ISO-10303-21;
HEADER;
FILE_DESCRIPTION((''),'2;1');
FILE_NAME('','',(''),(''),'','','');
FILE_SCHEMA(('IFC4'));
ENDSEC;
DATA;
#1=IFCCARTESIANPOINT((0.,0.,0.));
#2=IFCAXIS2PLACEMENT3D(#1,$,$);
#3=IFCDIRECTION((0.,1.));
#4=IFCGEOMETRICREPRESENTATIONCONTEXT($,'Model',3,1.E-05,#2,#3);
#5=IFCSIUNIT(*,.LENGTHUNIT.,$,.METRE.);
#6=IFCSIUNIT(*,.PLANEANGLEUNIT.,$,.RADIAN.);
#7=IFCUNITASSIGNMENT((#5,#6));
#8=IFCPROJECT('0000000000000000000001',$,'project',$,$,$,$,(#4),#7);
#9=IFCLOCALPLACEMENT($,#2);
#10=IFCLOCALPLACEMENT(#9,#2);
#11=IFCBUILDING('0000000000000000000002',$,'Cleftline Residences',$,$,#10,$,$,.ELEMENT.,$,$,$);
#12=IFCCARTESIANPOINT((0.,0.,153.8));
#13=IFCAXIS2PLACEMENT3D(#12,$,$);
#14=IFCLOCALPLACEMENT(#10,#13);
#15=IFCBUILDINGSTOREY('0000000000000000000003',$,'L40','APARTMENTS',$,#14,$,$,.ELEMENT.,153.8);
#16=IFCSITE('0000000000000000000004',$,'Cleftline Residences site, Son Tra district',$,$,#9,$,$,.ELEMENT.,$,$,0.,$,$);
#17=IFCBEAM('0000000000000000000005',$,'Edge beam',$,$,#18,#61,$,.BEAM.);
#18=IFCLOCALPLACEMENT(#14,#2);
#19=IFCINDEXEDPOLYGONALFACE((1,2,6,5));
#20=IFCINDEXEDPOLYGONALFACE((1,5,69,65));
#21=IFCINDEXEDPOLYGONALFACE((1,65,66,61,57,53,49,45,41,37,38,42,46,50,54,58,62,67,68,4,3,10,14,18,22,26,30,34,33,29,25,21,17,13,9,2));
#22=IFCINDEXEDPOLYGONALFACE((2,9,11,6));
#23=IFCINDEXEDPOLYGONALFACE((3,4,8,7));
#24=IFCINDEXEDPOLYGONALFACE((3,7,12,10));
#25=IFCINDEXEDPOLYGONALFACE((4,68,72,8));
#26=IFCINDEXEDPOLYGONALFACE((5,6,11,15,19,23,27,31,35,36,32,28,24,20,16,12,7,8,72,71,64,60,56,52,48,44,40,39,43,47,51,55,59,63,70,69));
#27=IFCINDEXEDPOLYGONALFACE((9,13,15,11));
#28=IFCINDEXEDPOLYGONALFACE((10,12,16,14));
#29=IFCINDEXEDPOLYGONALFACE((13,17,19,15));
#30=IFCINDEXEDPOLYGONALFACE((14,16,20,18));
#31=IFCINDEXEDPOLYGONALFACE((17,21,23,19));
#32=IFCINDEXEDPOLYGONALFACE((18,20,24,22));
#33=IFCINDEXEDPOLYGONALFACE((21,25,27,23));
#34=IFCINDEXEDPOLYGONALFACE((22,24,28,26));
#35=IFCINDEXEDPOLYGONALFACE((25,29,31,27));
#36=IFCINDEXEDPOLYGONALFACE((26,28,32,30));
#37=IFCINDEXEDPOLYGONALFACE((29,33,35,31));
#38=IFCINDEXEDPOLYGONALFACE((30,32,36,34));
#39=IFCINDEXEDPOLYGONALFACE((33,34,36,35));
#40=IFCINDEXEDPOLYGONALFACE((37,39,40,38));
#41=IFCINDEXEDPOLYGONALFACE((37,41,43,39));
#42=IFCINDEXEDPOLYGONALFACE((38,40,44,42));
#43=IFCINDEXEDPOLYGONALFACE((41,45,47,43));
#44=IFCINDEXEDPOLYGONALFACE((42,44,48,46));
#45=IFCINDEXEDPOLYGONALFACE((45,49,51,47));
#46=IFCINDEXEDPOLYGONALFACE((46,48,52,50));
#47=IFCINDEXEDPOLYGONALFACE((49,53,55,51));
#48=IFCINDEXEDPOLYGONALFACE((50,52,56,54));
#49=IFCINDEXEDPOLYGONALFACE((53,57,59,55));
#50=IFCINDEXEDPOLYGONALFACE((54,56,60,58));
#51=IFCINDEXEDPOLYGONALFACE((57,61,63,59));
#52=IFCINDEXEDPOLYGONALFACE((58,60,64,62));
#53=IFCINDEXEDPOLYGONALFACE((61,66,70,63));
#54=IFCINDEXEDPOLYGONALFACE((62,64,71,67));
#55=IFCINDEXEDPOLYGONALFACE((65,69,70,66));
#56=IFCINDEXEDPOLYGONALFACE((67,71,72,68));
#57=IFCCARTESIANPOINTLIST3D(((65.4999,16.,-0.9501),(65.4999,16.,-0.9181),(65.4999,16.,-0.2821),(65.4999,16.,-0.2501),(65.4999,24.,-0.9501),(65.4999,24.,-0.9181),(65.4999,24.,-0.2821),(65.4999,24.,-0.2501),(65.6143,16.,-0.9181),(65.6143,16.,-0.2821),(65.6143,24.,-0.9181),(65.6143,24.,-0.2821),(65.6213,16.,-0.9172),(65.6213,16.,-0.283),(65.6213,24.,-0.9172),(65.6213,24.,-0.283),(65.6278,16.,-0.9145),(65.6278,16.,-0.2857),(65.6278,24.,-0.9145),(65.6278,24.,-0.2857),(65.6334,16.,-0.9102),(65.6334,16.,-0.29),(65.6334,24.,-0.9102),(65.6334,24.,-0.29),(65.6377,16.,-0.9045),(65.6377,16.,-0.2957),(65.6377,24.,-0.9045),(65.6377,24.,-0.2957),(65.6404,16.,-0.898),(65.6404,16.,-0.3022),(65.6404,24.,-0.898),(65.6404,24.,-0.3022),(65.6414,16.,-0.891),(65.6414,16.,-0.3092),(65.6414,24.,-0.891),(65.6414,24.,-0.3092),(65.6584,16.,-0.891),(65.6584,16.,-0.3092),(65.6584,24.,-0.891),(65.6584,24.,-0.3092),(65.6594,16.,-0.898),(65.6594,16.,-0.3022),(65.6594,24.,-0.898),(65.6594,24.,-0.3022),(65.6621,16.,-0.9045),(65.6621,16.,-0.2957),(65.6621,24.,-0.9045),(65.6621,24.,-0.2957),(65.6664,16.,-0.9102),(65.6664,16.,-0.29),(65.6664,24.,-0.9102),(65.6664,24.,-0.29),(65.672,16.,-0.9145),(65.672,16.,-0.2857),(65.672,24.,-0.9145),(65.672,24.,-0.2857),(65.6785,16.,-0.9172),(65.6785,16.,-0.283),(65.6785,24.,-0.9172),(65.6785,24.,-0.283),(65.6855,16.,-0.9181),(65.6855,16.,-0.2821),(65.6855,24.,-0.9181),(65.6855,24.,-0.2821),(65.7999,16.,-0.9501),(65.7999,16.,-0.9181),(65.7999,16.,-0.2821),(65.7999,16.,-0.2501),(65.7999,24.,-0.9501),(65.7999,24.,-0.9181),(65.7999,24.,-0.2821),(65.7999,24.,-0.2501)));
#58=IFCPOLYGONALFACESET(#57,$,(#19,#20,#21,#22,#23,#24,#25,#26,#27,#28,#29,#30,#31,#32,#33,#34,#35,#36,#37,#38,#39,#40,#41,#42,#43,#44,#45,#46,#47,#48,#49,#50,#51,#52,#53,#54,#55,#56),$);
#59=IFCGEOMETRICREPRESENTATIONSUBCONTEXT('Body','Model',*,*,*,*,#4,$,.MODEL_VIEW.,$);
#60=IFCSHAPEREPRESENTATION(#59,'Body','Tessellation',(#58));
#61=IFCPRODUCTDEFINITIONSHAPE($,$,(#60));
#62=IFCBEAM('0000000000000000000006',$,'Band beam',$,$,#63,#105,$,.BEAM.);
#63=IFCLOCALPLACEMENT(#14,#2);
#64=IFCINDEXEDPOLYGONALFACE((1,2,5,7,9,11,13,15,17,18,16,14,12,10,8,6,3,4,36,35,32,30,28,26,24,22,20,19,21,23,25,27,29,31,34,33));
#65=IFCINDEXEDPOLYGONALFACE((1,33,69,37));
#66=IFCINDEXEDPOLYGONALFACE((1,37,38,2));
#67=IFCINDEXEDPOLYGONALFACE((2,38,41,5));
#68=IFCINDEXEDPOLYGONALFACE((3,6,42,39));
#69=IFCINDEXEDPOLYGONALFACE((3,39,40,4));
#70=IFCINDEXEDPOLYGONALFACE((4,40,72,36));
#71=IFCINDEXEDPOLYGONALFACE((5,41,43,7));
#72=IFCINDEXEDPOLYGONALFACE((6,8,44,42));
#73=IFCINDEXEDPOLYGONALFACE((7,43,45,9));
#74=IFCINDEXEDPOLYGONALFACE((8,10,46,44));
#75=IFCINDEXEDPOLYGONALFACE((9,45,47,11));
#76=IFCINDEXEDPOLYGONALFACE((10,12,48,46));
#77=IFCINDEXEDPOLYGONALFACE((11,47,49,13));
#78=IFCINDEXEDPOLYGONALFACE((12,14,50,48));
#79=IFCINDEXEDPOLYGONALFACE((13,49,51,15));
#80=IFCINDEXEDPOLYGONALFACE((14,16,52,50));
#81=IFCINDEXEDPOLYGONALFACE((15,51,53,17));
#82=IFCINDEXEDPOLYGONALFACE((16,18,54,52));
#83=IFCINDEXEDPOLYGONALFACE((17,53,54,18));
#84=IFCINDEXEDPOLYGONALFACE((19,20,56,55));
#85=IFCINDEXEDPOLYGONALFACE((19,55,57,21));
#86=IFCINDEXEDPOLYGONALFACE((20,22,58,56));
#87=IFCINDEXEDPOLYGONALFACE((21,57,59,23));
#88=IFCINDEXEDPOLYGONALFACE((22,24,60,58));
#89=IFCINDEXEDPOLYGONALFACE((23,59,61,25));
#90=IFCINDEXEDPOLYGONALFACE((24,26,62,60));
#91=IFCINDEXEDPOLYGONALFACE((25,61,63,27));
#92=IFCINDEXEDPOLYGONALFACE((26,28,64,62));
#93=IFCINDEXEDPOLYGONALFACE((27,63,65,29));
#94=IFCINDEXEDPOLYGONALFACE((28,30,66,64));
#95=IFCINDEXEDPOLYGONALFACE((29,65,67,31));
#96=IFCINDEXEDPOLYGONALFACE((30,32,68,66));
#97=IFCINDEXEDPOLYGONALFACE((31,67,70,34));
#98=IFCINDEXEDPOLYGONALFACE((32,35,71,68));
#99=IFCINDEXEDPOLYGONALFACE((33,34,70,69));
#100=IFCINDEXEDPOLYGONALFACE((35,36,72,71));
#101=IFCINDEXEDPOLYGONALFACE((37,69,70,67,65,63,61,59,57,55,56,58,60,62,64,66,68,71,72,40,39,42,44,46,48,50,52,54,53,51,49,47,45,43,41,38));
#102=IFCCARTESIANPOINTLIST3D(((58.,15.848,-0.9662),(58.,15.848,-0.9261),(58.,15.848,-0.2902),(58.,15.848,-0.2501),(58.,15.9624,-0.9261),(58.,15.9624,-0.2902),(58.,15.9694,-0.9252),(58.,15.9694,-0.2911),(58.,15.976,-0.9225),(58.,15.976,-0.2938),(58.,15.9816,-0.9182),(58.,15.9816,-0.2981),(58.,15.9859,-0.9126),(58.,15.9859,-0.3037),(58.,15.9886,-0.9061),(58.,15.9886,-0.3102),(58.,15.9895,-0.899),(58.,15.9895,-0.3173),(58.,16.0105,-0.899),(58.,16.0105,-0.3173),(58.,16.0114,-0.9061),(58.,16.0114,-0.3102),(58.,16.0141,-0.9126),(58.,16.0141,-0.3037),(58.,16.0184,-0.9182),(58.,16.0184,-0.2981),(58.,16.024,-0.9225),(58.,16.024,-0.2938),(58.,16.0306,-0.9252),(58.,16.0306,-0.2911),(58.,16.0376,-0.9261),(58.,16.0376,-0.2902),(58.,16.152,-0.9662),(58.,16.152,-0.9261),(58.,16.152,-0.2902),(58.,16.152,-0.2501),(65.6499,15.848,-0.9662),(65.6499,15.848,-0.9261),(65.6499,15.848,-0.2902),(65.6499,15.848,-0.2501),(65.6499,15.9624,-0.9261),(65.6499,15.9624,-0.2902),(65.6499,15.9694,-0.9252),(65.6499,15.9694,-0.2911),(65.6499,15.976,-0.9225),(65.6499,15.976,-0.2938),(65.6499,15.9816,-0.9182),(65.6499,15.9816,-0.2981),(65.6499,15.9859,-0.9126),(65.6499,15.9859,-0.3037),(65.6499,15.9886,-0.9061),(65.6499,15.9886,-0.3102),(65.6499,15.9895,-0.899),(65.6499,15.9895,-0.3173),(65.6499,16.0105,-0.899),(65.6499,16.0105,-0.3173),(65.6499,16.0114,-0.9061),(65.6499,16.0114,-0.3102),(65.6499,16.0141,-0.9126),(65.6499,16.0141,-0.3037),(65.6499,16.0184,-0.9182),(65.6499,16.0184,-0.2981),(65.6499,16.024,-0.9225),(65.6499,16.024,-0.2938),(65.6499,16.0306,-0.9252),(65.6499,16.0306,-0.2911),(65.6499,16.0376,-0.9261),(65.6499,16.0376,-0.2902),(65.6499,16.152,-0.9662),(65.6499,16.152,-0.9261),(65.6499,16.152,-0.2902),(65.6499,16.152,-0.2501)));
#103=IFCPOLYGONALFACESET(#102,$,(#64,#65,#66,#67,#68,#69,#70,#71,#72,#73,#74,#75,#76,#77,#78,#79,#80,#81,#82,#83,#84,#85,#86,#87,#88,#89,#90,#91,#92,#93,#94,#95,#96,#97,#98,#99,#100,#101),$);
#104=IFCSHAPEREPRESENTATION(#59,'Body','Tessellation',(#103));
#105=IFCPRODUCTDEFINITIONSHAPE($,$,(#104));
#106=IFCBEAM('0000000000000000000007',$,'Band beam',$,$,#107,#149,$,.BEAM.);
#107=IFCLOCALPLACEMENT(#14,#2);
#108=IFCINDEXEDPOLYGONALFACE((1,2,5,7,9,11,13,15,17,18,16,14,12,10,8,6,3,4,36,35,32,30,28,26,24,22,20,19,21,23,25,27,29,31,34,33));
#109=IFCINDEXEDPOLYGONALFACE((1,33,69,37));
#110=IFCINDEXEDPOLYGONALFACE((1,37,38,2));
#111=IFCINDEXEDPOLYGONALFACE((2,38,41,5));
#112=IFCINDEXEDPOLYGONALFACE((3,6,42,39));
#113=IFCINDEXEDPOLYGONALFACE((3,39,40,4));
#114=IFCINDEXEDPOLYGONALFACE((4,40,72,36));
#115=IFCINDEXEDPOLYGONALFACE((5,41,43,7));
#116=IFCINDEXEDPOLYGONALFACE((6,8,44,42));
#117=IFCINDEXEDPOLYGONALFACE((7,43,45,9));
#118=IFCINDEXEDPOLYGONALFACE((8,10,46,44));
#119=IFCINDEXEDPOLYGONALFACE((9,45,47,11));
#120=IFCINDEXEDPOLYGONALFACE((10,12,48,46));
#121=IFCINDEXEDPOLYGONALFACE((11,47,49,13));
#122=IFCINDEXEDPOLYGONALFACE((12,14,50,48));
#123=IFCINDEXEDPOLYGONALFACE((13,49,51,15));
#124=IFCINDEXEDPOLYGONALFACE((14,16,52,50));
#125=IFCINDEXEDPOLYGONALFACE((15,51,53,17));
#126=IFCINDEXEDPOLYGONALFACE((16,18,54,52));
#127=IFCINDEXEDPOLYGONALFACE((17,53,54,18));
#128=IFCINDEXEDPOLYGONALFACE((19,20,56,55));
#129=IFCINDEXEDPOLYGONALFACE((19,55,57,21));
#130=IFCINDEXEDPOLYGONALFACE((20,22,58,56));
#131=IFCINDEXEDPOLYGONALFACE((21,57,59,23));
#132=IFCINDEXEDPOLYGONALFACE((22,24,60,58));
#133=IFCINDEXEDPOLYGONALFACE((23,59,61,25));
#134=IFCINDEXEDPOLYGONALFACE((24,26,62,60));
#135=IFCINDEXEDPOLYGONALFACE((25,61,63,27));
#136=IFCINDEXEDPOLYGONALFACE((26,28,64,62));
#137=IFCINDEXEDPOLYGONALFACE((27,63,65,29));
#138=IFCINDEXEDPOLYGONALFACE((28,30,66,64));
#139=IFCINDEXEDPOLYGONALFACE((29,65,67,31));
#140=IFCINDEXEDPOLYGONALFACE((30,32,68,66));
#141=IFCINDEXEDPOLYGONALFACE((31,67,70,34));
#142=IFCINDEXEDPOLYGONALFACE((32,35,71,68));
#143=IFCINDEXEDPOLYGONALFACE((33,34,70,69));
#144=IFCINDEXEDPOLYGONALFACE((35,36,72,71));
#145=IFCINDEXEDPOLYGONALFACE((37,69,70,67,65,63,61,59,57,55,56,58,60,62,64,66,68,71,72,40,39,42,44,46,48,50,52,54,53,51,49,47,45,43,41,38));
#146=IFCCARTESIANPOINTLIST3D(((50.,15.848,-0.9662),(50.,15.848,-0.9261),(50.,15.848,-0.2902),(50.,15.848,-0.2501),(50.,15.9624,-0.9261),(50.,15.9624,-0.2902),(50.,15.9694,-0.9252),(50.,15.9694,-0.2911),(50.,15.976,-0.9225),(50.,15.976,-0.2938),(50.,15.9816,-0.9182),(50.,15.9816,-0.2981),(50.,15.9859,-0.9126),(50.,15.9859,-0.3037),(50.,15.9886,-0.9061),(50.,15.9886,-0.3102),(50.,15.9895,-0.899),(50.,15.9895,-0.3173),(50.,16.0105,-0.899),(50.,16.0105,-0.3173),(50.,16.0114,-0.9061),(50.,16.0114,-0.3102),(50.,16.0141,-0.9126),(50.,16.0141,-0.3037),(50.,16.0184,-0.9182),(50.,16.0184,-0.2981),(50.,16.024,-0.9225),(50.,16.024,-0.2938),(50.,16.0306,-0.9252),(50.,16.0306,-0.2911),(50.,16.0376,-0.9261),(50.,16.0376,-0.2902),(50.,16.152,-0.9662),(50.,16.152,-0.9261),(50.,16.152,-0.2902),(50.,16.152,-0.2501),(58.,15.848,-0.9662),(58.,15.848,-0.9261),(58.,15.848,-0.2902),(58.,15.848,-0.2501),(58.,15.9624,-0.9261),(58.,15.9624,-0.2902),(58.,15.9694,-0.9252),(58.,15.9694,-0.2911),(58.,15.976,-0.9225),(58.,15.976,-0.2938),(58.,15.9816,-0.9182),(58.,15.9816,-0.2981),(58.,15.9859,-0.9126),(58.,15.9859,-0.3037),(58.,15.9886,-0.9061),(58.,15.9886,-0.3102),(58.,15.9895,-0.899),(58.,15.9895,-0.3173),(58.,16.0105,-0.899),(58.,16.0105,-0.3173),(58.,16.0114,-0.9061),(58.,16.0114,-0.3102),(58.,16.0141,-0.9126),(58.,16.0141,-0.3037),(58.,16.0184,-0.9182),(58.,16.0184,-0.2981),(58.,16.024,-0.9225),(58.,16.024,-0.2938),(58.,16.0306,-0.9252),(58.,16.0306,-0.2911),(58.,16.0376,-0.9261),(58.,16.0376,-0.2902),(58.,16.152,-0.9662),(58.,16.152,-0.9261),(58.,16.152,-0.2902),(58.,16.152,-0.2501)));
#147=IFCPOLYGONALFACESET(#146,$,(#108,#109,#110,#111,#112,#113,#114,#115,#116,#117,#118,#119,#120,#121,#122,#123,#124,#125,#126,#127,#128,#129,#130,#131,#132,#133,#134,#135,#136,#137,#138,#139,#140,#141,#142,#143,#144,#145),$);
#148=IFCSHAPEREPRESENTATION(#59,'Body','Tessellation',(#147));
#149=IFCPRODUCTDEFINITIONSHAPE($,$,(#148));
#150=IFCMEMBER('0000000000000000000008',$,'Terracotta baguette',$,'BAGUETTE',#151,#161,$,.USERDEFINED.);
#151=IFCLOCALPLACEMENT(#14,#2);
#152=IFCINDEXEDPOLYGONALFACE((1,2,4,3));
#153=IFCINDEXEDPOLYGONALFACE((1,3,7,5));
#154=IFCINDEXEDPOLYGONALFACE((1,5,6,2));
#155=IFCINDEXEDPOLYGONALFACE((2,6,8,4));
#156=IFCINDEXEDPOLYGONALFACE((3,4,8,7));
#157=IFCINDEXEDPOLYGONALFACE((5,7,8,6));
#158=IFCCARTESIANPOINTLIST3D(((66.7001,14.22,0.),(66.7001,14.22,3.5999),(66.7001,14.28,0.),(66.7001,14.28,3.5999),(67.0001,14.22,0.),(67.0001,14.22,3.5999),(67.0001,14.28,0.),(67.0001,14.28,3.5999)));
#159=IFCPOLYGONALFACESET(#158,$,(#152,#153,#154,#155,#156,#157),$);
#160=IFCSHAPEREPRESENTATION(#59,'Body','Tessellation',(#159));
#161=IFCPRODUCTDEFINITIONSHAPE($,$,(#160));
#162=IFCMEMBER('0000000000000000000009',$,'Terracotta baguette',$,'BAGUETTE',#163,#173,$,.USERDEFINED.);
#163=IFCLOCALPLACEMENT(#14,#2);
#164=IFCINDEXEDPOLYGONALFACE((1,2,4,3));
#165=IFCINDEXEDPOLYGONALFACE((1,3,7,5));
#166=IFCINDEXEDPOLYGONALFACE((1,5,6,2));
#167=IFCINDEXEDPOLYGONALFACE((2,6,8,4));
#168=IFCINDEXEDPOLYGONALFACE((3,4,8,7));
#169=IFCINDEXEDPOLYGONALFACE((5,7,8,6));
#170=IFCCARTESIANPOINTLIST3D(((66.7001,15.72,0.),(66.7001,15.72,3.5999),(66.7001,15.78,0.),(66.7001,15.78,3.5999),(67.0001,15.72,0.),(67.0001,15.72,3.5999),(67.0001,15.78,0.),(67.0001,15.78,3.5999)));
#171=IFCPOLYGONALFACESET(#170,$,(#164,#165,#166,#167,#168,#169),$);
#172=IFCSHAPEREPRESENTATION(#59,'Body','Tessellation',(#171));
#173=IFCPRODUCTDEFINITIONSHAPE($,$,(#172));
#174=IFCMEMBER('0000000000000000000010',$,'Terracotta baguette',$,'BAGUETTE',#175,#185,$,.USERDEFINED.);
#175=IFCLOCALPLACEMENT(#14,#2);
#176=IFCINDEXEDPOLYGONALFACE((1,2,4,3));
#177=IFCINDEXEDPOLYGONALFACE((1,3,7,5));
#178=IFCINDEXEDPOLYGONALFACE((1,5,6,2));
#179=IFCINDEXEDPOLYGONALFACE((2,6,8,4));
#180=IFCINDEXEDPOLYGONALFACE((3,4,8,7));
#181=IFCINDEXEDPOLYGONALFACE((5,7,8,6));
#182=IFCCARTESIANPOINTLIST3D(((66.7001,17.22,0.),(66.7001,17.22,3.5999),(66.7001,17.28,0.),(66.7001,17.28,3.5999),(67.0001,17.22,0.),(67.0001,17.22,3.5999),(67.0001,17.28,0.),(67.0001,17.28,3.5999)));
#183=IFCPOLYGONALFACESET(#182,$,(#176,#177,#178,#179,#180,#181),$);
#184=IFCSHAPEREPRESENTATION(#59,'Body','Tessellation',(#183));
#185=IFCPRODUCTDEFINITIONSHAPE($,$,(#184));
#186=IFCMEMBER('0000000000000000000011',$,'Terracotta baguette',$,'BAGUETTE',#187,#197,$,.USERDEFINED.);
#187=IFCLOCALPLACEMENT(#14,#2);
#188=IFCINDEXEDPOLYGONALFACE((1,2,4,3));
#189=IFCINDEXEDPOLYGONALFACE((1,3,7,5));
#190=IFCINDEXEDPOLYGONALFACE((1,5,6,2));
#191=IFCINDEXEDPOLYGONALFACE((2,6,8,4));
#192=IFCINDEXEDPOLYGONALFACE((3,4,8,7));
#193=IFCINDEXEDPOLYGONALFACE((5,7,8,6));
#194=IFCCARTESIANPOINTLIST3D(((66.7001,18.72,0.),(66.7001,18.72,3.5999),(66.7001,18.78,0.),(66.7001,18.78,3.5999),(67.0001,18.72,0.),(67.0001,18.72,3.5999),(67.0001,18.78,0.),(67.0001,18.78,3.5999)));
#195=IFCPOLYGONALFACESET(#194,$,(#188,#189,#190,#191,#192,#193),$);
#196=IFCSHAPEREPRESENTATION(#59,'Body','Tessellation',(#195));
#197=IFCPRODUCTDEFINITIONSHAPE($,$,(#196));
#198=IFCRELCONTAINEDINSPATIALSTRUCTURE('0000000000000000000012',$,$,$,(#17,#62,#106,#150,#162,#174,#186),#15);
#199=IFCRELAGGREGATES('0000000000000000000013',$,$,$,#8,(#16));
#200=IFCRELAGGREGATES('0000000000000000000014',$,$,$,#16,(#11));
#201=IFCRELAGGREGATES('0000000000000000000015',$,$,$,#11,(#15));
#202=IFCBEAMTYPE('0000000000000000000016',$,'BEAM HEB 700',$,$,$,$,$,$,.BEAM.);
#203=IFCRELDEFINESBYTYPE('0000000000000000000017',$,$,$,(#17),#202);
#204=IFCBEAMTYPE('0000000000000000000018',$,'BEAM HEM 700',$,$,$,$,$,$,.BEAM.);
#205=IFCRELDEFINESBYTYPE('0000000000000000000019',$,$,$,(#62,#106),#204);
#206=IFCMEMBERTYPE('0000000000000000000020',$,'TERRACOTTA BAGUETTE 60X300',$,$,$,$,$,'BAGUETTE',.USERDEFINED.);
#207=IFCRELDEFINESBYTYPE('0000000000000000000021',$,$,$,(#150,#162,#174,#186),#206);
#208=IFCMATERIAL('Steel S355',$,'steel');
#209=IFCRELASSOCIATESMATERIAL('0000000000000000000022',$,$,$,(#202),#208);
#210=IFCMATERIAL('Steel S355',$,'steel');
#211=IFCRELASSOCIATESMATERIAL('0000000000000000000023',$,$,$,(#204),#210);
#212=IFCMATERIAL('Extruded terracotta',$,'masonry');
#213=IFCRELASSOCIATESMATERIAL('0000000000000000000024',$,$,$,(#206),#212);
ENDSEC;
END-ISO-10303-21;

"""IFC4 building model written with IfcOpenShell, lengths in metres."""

from ifc_helpers import new_model, si_unit, direction, frame, origin, origin_2d, place, context, subcontext, project, spatial, rectangle, i_section, extrude, material, material_profile, profile_set, type_object, element, save


model = new_model("IFC4")

# Units and contexts
model_context = context("Model", 3, precision=1e-05, world=origin(), true_north=direction((0.0, 1.0)))
body_context = subcontext(model_context, "Body", "Model", "MODEL_VIEW")
ifc_project = project(units=[si_unit("LENGTHUNIT", "METRE"), si_unit("PLANEANGLEUNIT", "RADIAN")], contexts=[model_context])

# Site, building, storey
site_placement = place(None, origin())
site = spatial("IfcSite", under=ifc_project, at=site_placement, Name="Cleftline Residences site, Son Tra district", CompositionType="ELEMENT", RefElevation=0.0)
building_placement = place(site_placement, origin())
building = spatial("IfcBuilding", under=site, at=building_placement, Name="Cleftline Residences", CompositionType="ELEMENT")
storey_placement = place(building_placement, frame((0.0, 0.0, 153.8)))
storey = spatial("IfcBuildingStorey", under=building, at=storey_placement, Name="L40", Description="APARTMENTS", CompositionType="ELEMENT", Elevation=153.8)

# Beams
ifc_material_1 = material(Name="Steel S355", Category="steel")
ifc_material_profile_1 = material_profile(ifc_material_1, i_section(OverallWidth=0.3, OverallDepth=0.7, WebThickness=0.0171, FlangeThickness=0.032, FilletRadius=0.0271, at=origin_2d()))
ifc_profile_set_1 = profile_set([ifc_material_profile_1], Name="Steel S355")
beam_type_1 = type_object("IfcBeamType", Name="BEAM HEB 700", PredefinedType="BEAM", material=ifc_profile_set_1)
beam_1_placement = place(storey_placement, frame((65.6499, 16.0, -0.6001), z_axis=(0.0, 1.0, 0.0), x_axis=(-1.0, 0.0, 0.0)))
element("IfcBeam", 1, at=beam_1_placement, inside=storey, type_object=beam_type_1, Name="Edge beam", PredefinedType="BEAM", context=body_context, shape_type="SweptSolid", body=[
    extrude(i_section(OverallWidth=0.3, OverallDepth=0.7, WebThickness=0.0171, FlangeThickness=0.032, FilletRadius=0.0271, at=origin_2d()), origin(), (0.0, 0.0, 1.0), 8.0),
])
ifc_material_2 = material(Name="Steel S355", Category="steel")
ifc_material_profile_2 = material_profile(ifc_material_2, i_section(OverallWidth=0.304, OverallDepth=0.7161, WebThickness=0.021, FlangeThickness=0.04, FilletRadius=0.0271, at=origin_2d()))
ifc_profile_set_2 = profile_set([ifc_material_profile_2], Name="Steel S355")
beam_type_2 = type_object("IfcBeamType", Name="BEAM HEM 700", PredefinedType="BEAM", material=ifc_profile_set_2)
beam_2_placement = place(storey_placement, frame((65.6499, 16.0, -0.6082), z_axis=(-1.0, 0.0, 0.0), x_axis=(0.0, -1.0, 0.0)))
element("IfcBeam", 2, at=beam_2_placement, inside=storey, type_object=beam_type_2, Name="Band beam", PredefinedType="BEAM", context=body_context, shape_type="SweptSolid", body=[
    extrude(i_section(OverallWidth=0.304, OverallDepth=0.7161, WebThickness=0.021, FlangeThickness=0.04, FilletRadius=0.0271, at=origin_2d()), origin(), (0.0, 0.0, 1.0), 7.6499),
])
beam_3_placement = place(storey_placement, frame((58.0, 16.0, -0.6082), z_axis=(-1.0, 0.0, 0.0), x_axis=(0.0, -1.0, 0.0)))
element("IfcBeam", 3, at=beam_3_placement, inside=storey, type_object=beam_type_2, Name="Band beam", PredefinedType="BEAM", context=body_context, shape_type="SweptSolid", body=[
    extrude(i_section(OverallWidth=0.304, OverallDepth=0.7161, WebThickness=0.021, FlangeThickness=0.04, FilletRadius=0.0271, at=origin_2d()), origin(), (0.0, 0.0, 1.0), 8.0),
])

# Members
ifc_material_3 = material(Name="Extruded terracotta", Category="masonry")
ifc_material_profile_3 = material_profile(ifc_material_3, rectangle(XDim=0.0601, YDim=0.3, at=origin_2d()))
ifc_profile_set_3 = profile_set([ifc_material_profile_3], Name="Extruded terracotta")
member_type_1 = type_object("IfcMemberType", Name="TERRACOTTA BAGUETTE 60X300", ElementType="BAGUETTE", PredefinedType="USERDEFINED", material=ifc_profile_set_3)
for number, where, z_axis, x_axis, name in (
    (4, (66.8501, 14.25, 0.0), (0.0, 0.0, 1.0), (0.0, 1.0, 0.0), "Terracotta baguette"),
    (5, (66.8501, 15.75, 0.0), (0.0, 0.0, 1.0), (0.0, 1.0, 0.0), "Terracotta baguette"),
    (6, (66.8501, 17.25, 0.0), (0.0, 0.0, 1.0), (0.0, 1.0, 0.0), "Terracotta baguette"),
    (7, (66.8501, 18.75, 0.0), (0.0, 0.0, 1.0), (0.0, 1.0, 0.0), "Terracotta baguette"),
):
    element("IfcMember", number, at=place(storey_placement, frame(where, z_axis=z_axis, x_axis=x_axis)), inside=storey, type_object=member_type_1, Name=name, ObjectType="BAGUETTE", PredefinedType="USERDEFINED", context=body_context, shape_type="SweptSolid", body=[
        extrude(rectangle(XDim=0.0601, YDim=0.3, at=origin_2d()), origin(), (0.0, 0.0, 1.0), 3.5999),
    ])

save(model, "model.ifc")
